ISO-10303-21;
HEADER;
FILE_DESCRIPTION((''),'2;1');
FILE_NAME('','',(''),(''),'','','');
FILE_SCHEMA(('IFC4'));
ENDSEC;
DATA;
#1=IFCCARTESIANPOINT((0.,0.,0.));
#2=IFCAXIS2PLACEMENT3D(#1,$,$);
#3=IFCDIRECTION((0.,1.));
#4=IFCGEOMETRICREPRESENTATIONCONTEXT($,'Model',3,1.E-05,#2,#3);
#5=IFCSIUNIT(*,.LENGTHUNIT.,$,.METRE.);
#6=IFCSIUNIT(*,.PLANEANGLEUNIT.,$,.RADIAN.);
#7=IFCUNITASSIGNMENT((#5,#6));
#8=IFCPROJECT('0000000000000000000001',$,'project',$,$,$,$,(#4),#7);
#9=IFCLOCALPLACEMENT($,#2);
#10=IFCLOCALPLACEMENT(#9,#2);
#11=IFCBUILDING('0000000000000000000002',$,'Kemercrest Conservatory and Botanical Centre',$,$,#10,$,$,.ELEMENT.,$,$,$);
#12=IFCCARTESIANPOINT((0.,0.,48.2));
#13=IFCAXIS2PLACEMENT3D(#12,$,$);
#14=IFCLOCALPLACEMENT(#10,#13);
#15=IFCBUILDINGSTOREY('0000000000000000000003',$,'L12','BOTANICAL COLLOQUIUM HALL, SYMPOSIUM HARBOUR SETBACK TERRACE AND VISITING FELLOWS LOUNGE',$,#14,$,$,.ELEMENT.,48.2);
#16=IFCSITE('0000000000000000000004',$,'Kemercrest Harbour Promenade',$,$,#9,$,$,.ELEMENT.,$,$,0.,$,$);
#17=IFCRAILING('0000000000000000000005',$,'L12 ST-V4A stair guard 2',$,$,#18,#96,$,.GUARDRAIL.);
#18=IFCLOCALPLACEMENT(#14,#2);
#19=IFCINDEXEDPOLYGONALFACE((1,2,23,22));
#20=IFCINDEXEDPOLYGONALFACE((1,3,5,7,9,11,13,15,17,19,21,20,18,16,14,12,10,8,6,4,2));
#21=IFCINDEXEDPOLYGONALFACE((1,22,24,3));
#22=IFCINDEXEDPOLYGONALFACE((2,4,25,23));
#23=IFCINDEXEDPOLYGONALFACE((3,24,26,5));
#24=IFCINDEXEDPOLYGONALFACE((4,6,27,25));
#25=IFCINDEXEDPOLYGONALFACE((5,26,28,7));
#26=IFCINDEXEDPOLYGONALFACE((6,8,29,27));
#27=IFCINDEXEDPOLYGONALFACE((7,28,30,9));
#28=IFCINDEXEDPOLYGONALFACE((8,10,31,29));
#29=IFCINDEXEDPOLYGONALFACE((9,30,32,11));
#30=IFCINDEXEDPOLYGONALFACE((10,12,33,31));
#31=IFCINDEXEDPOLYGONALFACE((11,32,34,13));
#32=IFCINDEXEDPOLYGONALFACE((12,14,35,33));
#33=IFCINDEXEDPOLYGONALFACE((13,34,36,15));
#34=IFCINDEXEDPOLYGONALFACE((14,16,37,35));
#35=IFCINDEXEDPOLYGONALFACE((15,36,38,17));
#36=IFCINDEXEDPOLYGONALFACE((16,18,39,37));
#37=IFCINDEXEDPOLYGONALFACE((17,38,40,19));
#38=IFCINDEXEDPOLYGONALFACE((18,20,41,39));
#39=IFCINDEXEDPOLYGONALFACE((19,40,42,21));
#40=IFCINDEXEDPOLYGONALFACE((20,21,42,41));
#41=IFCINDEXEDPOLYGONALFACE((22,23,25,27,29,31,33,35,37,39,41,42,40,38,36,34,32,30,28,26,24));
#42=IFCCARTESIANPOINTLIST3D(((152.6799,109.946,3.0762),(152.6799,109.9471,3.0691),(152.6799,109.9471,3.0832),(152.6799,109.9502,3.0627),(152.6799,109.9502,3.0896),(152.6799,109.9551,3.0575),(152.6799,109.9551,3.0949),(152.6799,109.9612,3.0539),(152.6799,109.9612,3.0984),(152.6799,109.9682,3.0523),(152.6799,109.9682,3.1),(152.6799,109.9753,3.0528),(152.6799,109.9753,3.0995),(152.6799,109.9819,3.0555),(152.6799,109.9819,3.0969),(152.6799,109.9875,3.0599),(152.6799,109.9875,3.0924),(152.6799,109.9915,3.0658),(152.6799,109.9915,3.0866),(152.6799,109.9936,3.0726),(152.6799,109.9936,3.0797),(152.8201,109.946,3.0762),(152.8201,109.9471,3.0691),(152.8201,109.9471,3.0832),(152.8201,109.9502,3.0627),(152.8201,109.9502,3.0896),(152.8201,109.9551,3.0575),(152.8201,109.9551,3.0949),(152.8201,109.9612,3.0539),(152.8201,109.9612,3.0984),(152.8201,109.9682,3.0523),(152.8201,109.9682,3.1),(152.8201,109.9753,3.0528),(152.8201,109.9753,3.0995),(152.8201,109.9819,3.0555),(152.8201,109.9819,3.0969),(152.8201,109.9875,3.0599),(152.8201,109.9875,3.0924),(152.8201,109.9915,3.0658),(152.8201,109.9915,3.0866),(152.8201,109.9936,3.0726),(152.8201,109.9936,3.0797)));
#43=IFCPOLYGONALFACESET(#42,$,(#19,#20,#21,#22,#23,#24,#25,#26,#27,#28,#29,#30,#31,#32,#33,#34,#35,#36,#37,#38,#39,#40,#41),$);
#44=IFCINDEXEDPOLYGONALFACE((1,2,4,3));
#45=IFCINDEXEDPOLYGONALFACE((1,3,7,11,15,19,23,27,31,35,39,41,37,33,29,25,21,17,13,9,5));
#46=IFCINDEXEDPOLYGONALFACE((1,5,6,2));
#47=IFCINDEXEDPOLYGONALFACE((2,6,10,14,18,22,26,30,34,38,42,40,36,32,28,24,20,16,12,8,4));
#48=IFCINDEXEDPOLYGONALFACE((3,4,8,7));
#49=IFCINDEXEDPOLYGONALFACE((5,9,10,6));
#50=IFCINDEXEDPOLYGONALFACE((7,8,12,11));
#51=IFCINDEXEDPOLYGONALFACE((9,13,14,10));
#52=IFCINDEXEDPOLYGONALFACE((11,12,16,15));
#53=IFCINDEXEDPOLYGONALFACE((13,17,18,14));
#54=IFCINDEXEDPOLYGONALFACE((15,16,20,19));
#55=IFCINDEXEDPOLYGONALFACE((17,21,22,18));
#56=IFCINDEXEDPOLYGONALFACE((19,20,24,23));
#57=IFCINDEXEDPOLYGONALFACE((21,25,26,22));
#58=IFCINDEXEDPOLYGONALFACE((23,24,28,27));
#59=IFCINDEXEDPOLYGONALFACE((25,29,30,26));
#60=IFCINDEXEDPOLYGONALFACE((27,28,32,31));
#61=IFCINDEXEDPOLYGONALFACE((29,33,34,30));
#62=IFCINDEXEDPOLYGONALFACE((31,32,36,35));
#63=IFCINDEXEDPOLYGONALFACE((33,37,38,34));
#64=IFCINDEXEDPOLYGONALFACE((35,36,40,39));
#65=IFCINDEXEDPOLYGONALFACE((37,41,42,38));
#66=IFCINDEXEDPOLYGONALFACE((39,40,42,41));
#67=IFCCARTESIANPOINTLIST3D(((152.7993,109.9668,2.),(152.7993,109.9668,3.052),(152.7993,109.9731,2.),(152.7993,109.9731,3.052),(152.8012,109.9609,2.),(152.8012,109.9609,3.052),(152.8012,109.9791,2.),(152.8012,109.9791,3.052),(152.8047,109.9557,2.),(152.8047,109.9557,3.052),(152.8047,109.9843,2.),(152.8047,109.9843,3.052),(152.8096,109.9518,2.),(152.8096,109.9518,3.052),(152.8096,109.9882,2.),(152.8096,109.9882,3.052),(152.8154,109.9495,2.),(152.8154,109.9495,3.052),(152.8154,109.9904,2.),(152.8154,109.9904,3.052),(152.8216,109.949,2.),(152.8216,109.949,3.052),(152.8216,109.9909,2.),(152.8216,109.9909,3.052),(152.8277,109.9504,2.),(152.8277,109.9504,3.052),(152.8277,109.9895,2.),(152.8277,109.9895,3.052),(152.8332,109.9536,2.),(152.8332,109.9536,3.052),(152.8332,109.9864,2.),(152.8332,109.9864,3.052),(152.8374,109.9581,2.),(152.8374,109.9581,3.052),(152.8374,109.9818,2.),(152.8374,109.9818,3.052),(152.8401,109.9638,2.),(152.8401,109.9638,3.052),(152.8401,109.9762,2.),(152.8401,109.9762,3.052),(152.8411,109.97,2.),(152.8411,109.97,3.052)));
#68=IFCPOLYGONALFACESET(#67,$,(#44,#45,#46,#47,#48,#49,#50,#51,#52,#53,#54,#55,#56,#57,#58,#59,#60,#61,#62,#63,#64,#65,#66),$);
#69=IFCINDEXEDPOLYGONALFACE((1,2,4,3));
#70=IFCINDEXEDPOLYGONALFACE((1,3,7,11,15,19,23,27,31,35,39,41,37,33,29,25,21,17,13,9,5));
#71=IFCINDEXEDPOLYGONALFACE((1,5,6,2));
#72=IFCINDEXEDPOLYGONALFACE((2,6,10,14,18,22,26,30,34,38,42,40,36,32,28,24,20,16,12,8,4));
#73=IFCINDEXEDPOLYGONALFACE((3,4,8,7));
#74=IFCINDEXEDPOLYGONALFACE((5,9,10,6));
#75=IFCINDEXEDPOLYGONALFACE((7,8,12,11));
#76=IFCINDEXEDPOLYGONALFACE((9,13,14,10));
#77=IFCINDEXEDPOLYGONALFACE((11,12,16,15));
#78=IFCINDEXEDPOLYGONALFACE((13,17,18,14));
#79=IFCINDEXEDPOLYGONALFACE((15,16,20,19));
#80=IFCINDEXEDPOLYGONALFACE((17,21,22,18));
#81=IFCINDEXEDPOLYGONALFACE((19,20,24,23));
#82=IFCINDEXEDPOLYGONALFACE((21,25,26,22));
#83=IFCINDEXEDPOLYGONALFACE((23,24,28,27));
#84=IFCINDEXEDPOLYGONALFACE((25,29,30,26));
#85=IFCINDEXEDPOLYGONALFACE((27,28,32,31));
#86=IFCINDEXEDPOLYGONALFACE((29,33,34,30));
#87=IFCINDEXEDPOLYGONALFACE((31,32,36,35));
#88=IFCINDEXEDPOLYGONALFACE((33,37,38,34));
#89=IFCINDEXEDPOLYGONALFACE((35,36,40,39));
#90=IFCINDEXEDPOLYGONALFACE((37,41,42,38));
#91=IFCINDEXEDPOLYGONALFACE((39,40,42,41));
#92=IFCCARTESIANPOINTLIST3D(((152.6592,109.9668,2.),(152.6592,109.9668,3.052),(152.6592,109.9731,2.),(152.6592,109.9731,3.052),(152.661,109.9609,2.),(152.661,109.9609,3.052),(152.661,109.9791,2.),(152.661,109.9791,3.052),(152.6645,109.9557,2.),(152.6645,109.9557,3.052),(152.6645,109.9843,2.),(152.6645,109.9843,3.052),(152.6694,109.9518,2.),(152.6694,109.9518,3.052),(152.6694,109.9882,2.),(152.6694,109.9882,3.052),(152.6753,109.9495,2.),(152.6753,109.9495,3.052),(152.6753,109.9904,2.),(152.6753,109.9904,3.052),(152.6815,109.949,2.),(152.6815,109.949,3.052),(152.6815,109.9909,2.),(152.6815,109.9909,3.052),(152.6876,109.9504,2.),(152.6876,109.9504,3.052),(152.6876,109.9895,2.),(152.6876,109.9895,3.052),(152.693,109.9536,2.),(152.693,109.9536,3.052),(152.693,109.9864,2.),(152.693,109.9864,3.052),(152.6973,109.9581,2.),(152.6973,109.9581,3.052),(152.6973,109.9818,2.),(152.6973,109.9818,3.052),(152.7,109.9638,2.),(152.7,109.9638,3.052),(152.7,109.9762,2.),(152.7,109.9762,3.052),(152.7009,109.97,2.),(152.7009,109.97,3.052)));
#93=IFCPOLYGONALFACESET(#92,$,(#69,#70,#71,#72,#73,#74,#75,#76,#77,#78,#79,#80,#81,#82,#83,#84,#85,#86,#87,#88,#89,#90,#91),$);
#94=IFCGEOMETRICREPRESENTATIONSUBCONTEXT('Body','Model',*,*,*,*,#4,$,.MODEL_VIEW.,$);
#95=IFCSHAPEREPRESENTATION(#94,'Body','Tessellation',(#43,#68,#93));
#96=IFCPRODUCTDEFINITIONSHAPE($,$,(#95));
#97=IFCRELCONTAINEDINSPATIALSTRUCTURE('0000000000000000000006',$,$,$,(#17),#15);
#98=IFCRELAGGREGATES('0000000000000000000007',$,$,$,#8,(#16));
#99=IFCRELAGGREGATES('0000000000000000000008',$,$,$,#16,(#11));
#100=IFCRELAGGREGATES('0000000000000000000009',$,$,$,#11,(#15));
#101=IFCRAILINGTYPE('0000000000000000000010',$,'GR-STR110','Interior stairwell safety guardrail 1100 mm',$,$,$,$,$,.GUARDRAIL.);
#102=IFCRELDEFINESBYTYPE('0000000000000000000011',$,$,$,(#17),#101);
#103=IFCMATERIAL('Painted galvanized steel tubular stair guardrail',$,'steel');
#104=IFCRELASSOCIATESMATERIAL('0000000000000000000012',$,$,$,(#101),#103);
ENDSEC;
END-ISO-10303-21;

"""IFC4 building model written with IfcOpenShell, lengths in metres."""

from ifc_helpers import new_model, si_unit, direction, frame, origin, origin_2d, place, context, subcontext, project, spatial, circle, extrude, material, type_object, element, save


model = new_model("IFC4")

# Units and contexts
model_context = context("Model", 3, precision=1e-05, world=origin(), true_north=direction((0.0, 1.0)))
body_context = subcontext(model_context, "Body", "Model", "MODEL_VIEW")
ifc_project = project(units=[si_unit("LENGTHUNIT", "METRE"), si_unit("PLANEANGLEUNIT", "RADIAN")], contexts=[model_context])

# Site, building, storey
site_placement = place(None, origin())
site = spatial("IfcSite", under=ifc_project, at=site_placement, Name="Kemercrest Harbour Promenade", CompositionType="ELEMENT", RefElevation=0.0)
building_placement = place(site_placement, origin())
building = spatial("IfcBuilding", under=site, at=building_placement, Name="Kemercrest Conservatory and Botanical Centre", CompositionType="ELEMENT")
storey_placement = place(building_placement, frame((0.0, 0.0, 48.2)))
storey = spatial("IfcBuildingStorey", under=building, at=storey_placement, Name="L12", Description="BOTANICAL COLLOQUIUM HALL, SYMPOSIUM HARBOUR SETBACK TERRACE AND VISITING FELLOWS LOUNGE", CompositionType="ELEMENT", Elevation=48.2)

# Railing
ifc_material_1 = material(Name="Painted galvanized steel tubular stair guardrail", Category="steel")
railing_type_1 = type_object("IfcRailingType", Name="GR-STR110", Description="Interior stairwell safety guardrail 1100 mm", PredefinedType="GUARDRAIL", material=ifc_material_1)
railing_1_placement = place(storey_placement, frame((152.8201, 109.97, 2.0)))
element("IfcRailing", 1, at=railing_1_placement, inside=storey, type_object=railing_type_1, Name="L12 ST-V4A stair guard 2", PredefinedType="GUARDRAIL", context=body_context, shape_type="SweptSolid", body=[
    extrude(circle(Radius=0.0239, at=origin_2d()), frame((0.0, 0.0, 1.0762), z_axis=(-1.0, 0.0, 0.0), x_axis=(0.0, -1.0, 0.0)), (0.0, 0.0, 1.0), 0.1401),
    extrude(circle(Radius=0.021, at=origin_2d()), origin(), (0.0, 0.0, 1.0), 1.052),
    extrude(circle(Radius=0.021, at=origin_2d()), frame((-0.1401, 0.0, 0.0)), (0.0, 0.0, 1.0), 1.052),
])

save(model, "model.ifc")
